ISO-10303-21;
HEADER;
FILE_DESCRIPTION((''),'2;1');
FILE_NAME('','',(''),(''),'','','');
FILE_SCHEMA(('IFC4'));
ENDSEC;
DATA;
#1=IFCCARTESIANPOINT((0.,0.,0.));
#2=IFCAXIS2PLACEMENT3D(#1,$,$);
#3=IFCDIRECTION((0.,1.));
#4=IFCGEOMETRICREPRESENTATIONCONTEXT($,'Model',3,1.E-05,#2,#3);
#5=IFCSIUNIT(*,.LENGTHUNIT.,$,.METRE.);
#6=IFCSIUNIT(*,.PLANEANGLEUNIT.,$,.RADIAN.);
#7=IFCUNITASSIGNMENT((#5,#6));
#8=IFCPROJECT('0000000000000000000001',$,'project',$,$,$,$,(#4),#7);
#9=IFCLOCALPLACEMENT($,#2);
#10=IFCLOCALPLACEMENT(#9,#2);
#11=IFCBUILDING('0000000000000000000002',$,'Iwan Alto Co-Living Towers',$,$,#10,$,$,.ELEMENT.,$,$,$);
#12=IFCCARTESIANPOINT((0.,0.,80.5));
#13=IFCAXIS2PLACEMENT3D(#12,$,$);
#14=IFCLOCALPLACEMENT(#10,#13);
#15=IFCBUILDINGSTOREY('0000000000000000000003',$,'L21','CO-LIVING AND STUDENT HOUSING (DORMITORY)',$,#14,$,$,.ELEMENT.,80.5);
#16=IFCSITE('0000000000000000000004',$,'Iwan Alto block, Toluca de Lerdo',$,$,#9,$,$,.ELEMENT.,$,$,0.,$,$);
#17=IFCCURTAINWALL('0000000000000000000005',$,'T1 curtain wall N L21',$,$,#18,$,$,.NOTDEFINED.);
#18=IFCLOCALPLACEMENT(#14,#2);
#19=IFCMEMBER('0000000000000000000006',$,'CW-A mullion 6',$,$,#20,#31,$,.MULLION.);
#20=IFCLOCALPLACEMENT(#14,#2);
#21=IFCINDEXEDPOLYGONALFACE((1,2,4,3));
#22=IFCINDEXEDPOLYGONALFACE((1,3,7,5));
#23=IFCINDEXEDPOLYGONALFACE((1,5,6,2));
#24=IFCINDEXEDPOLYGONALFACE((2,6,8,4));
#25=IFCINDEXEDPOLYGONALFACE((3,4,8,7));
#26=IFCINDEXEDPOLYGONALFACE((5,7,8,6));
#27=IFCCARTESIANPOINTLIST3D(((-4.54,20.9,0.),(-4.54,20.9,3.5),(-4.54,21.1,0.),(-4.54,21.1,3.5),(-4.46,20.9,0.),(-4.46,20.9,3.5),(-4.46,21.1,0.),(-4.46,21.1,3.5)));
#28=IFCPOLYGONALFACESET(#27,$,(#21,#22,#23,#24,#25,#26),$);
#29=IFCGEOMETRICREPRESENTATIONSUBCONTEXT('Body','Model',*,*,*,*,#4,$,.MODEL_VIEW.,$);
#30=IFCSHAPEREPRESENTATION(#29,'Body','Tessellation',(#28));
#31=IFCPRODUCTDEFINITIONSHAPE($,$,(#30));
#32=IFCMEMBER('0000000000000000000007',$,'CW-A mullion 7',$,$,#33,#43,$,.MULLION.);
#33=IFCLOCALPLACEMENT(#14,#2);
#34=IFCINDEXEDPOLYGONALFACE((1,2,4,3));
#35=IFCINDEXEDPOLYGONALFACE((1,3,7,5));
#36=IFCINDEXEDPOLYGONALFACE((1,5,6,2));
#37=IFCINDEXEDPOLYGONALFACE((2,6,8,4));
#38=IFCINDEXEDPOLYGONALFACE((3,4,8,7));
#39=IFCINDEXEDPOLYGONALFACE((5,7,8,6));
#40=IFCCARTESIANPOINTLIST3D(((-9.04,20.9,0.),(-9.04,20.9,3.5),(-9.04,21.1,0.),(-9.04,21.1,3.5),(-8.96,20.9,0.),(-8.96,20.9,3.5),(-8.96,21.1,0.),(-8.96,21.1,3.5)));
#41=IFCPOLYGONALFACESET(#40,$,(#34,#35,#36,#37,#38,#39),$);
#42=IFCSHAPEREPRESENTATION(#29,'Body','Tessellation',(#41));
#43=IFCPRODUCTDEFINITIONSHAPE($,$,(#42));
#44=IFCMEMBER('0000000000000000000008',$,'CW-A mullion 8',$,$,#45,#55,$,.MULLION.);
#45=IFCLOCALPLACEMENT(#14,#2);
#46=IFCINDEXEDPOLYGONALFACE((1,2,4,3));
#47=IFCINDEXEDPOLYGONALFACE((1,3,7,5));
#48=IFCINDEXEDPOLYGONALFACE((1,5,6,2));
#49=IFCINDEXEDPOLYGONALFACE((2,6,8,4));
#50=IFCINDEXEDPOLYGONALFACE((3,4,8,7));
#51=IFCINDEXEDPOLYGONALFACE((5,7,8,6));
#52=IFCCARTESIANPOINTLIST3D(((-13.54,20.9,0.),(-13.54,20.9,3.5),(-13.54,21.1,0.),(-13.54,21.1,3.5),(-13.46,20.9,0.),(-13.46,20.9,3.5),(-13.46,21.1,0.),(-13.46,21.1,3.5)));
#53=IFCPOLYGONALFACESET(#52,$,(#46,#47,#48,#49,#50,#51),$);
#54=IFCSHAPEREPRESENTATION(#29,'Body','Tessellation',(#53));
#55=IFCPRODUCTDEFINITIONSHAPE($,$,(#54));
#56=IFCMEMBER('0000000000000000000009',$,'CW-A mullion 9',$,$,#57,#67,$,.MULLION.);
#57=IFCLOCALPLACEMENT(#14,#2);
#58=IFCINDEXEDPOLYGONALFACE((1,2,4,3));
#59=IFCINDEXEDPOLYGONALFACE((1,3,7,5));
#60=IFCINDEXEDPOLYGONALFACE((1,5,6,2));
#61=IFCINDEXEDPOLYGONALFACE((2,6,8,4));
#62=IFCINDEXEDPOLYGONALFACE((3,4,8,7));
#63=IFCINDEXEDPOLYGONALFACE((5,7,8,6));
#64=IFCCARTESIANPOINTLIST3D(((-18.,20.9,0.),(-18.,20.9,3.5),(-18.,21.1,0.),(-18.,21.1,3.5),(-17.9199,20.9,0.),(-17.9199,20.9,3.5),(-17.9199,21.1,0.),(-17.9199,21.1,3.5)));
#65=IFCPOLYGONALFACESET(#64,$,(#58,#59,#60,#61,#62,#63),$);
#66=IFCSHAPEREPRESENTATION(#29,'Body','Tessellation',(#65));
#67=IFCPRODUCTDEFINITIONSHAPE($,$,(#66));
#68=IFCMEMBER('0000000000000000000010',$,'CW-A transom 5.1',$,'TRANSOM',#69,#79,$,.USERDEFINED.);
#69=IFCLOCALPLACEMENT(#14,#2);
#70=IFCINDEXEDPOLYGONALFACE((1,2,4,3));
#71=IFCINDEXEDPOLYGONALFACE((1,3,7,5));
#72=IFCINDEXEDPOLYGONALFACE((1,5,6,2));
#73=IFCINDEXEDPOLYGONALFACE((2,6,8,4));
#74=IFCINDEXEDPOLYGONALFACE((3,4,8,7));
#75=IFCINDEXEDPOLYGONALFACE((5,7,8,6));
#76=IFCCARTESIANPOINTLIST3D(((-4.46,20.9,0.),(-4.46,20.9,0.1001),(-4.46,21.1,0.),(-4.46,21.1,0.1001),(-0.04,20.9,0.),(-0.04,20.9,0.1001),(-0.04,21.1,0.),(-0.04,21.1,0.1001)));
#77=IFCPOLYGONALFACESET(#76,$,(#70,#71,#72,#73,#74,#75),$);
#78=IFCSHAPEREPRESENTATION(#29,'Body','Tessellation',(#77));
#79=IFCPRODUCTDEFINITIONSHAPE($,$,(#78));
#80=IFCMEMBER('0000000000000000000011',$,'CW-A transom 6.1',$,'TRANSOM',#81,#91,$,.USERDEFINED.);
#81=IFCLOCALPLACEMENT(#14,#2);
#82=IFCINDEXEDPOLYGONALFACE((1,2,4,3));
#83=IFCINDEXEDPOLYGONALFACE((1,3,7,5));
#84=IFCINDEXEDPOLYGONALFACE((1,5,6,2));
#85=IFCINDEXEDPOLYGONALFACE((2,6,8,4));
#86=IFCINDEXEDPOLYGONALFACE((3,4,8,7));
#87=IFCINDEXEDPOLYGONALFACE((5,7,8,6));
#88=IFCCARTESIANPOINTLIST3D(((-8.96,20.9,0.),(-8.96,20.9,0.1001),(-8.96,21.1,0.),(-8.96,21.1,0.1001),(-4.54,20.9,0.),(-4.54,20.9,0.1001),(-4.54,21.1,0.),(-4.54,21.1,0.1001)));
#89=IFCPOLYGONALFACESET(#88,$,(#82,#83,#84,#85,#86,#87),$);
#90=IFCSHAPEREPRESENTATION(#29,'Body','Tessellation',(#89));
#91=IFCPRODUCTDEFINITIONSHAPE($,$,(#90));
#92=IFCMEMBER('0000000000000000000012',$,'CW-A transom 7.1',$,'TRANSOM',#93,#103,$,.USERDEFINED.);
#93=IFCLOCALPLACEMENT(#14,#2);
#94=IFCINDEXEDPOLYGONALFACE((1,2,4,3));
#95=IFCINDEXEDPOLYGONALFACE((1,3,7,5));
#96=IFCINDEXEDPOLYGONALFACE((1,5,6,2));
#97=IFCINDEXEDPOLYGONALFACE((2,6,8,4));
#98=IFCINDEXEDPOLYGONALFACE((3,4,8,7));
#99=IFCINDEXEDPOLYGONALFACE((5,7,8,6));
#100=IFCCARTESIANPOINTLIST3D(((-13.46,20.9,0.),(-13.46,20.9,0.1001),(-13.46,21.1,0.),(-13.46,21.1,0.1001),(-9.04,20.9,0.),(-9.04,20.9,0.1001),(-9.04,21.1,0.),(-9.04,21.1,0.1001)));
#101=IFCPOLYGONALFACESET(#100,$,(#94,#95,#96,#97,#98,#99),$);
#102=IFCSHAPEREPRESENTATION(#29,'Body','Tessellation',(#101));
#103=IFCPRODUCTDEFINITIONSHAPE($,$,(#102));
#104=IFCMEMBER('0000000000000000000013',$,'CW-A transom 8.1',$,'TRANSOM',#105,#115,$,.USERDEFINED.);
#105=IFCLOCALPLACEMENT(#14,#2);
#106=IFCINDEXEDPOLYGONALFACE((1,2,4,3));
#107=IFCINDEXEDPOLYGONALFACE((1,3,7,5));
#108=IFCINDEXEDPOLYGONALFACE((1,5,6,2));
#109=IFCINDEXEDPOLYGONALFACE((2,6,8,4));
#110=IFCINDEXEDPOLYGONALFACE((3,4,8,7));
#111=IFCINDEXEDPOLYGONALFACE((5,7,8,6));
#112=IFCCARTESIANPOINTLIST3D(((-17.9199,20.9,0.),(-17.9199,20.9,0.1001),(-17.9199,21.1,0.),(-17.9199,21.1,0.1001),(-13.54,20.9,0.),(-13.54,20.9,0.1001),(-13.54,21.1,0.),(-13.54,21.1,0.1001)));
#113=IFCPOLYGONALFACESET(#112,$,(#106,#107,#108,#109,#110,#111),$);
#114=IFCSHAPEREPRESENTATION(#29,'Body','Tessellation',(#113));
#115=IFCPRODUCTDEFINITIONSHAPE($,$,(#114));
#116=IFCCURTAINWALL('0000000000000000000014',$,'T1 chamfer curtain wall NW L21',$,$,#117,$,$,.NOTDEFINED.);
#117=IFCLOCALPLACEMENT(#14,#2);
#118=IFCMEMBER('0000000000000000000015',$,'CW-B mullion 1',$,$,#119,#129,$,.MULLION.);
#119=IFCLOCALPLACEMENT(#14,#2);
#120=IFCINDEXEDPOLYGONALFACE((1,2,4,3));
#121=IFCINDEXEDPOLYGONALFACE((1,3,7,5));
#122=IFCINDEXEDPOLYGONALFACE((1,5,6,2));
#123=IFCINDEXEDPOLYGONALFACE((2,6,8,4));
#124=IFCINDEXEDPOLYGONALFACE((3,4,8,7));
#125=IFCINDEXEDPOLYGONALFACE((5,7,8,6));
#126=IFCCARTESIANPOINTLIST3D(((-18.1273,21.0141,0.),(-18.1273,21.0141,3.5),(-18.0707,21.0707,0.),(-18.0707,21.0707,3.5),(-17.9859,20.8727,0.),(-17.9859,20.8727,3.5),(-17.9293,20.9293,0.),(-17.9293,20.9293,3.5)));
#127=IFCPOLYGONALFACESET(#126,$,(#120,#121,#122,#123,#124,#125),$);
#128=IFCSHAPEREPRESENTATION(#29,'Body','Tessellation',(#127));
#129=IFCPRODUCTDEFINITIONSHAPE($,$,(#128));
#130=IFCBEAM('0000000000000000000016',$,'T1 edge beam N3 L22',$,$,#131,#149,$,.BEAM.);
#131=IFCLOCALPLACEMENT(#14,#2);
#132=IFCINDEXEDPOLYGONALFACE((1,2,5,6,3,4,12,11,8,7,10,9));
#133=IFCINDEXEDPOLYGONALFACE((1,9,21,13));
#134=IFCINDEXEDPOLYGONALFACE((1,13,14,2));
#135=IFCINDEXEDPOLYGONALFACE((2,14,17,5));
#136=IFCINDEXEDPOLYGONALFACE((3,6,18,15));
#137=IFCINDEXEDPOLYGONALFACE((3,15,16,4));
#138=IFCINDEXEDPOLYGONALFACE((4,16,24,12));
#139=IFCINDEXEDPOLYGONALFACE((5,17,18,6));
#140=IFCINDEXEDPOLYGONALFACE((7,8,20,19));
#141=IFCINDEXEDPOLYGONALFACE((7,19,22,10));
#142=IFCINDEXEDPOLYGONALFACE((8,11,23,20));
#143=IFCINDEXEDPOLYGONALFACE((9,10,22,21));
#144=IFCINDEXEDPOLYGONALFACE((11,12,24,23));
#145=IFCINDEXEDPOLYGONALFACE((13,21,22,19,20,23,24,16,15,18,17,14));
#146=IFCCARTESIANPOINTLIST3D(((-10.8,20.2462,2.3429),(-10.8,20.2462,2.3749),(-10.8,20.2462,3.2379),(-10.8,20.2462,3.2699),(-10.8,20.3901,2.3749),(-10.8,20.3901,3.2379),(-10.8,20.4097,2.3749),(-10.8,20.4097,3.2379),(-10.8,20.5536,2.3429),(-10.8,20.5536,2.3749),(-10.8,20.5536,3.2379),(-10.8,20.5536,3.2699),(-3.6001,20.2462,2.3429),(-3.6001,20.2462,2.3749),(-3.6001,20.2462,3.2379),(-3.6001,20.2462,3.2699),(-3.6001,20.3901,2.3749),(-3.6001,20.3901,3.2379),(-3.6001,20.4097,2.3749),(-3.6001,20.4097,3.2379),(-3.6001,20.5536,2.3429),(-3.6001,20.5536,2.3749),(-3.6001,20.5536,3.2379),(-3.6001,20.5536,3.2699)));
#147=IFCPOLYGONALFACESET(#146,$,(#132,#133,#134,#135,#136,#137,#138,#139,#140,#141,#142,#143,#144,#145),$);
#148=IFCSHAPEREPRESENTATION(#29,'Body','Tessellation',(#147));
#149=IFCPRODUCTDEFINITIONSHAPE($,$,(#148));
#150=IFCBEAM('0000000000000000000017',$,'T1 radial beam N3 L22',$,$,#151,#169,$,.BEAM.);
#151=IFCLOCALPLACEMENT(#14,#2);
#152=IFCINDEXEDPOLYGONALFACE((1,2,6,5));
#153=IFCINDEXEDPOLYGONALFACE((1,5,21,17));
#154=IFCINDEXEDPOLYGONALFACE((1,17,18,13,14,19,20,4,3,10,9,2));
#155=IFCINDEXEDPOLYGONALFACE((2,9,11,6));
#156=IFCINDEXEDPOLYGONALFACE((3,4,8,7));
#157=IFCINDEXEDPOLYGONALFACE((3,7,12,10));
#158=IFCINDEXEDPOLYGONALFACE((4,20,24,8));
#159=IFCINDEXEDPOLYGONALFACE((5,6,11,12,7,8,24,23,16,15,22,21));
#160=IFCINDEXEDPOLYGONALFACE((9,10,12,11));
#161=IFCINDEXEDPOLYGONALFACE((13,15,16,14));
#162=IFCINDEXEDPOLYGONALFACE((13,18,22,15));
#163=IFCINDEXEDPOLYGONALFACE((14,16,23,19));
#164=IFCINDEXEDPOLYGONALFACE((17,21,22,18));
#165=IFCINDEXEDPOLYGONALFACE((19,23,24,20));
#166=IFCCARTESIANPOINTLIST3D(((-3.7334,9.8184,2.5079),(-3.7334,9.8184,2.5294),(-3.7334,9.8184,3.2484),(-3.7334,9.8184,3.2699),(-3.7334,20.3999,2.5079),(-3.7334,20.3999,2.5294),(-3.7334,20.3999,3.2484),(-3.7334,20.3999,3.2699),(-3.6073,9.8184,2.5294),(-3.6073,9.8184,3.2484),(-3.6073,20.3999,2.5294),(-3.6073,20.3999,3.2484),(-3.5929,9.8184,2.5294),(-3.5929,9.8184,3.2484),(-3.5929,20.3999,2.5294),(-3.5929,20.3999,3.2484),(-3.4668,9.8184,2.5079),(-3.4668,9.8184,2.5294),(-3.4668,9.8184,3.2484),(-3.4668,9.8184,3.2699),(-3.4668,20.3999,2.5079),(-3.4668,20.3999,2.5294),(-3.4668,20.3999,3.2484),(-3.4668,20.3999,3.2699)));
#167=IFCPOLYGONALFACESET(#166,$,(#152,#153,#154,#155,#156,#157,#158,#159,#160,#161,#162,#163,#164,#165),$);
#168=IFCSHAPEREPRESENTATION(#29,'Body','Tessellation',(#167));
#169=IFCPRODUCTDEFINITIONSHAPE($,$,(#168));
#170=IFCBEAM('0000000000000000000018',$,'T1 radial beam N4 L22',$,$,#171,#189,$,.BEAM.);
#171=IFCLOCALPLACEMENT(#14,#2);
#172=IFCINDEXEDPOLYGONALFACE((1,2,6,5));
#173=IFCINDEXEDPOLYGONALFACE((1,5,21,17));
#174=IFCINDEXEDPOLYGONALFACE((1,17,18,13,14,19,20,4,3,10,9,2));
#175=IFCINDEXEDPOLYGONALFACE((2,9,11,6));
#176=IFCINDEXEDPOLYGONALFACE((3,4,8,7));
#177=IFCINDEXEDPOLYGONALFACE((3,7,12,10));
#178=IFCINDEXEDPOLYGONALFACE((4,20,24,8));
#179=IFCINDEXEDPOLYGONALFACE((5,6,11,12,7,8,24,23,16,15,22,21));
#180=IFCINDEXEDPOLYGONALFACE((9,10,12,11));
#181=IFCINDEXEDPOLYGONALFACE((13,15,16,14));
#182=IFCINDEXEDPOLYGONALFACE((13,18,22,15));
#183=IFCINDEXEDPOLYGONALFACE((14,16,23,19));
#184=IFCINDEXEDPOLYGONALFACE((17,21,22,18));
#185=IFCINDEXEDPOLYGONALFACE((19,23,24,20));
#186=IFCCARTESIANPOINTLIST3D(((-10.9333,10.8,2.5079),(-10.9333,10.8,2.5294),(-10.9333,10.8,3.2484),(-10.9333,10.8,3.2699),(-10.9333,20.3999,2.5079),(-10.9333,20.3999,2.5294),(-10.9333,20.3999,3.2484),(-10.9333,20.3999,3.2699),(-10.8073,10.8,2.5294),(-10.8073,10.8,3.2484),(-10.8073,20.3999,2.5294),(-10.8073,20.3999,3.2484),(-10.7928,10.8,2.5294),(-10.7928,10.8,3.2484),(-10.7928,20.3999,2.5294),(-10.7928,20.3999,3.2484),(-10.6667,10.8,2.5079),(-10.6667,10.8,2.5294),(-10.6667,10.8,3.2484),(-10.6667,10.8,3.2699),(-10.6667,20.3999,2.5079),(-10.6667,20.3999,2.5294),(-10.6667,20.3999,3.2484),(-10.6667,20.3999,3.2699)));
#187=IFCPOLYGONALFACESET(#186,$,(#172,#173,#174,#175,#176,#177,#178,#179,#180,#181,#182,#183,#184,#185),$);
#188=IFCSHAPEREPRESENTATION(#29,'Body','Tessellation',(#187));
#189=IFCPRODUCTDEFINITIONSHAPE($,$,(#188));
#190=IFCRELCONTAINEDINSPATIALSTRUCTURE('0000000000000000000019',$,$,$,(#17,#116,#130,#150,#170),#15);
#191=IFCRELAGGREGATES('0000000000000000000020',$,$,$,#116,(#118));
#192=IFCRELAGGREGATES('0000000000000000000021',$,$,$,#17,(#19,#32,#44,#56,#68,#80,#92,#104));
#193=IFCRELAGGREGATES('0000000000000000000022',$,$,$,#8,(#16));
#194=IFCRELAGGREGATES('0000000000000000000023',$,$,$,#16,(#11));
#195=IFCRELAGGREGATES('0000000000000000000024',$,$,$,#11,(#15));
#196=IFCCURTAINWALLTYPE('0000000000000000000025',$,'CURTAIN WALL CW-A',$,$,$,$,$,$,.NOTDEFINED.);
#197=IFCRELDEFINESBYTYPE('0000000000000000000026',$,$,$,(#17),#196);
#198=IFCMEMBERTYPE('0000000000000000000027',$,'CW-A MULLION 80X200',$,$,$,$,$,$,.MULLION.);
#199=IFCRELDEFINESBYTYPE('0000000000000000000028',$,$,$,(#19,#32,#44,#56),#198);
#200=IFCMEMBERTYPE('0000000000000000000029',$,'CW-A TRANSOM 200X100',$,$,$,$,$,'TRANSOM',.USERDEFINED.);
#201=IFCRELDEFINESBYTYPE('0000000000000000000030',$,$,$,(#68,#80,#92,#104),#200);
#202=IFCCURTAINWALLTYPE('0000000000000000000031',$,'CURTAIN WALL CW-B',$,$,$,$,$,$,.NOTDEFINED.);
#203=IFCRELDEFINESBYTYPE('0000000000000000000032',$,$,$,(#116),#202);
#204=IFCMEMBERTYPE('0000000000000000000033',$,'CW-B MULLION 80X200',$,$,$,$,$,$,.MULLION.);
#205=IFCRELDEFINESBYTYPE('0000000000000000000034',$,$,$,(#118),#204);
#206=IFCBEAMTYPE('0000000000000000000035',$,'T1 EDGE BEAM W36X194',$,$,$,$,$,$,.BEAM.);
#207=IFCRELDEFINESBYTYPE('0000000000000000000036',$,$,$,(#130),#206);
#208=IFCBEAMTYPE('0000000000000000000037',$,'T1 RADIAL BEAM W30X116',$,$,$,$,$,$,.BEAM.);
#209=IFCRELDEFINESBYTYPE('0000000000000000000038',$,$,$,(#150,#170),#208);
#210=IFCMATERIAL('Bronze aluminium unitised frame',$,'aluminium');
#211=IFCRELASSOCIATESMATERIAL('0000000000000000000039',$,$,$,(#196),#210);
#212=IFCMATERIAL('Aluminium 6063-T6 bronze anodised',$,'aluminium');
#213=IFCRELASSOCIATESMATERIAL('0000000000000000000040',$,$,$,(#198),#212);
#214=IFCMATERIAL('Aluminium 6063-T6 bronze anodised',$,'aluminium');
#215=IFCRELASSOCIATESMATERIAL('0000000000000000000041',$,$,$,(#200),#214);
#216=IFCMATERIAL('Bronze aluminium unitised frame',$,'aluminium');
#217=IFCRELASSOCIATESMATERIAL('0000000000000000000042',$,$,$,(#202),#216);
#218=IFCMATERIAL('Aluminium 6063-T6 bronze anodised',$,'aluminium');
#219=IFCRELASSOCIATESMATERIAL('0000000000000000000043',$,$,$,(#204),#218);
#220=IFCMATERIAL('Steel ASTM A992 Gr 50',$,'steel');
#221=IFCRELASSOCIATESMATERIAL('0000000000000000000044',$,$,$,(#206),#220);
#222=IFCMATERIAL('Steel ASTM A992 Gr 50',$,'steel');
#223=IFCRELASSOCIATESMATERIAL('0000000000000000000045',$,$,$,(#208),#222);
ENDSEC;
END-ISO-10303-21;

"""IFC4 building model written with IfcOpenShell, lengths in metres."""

from ifc_helpers import new_model, si_unit, direction, frame, origin, origin_2d, place, context, subcontext, project, spatial, rectangle, i_section, extrude, material, material_profile, profile_set, type_object, element, aggregate, save


model = new_model("IFC4")

# Units and contexts
model_context = context("Model", 3, precision=1e-05, world=origin(), true_north=direction((0.0, 1.0)))
body_context = subcontext(model_context, "Body", "Model", "MODEL_VIEW")
ifc_project = project(units=[si_unit("LENGTHUNIT", "METRE"), si_unit("PLANEANGLEUNIT", "RADIAN")], contexts=[model_context])

# Site, building, storey
site_placement = place(None, origin())
site = spatial("IfcSite", under=ifc_project, at=site_placement, Name="Iwan Alto block, Toluca de Lerdo", CompositionType="ELEMENT", RefElevation=0.0)
building_placement = place(site_placement, origin())
building = spatial("IfcBuilding", under=site, at=building_placement, Name="Iwan Alto Co-Living Towers", CompositionType="ELEMENT")
storey_placement = place(building_placement, frame((0.0, 0.0, 80.5)))
storey = spatial("IfcBuildingStorey", under=building, at=storey_placement, Name="L21", Description="CO-LIVING AND STUDENT HOUSING (DORMITORY)", CompositionType="ELEMENT", Elevation=80.5)

# Curtain wall, members
ifc_material_1 = material(Name="Bronze aluminium unitised frame", Category="aluminium")
curtain_wall_type_1 = type_object("IfcCurtainWallType", Name="CURTAIN WALL CW-A", PredefinedType="NOTDEFINED", material=ifc_material_1)
curtain_wall_1_placement = place(storey_placement, origin())
curtain_wall_1 = element("IfcCurtainWall", 1, at=curtain_wall_1_placement, inside=storey, type_object=curtain_wall_type_1, Name="T1 curtain wall N L21", PredefinedType="NOTDEFINED")
ifc_material_2 = material(Name="Aluminium 6063-T6 bronze anodised", Category="aluminium")
ifc_material_profile_1 = material_profile(ifc_material_2, rectangle(XDim=0.2, YDim=0.0801, at=origin_2d()), Name="AL 80X200")
ifc_profile_set_1 = profile_set([ifc_material_profile_1], Name="Aluminium 6063-T6 bronze anodised")
member_type_1 = type_object("IfcMemberType", Name="CW-A MULLION 80X200", PredefinedType="MULLION", material=ifc_profile_set_1)
member_1_placement = place(storey_placement, frame((-4.5, 21.0, 0.0), z_axis=(0.0, 0.0, 1.0), x_axis=(0.0, -1.0, 0.0)))
member_1 = element("IfcMember", 2, at=member_1_placement, type_object=member_type_1, Name="CW-A mullion 6", PredefinedType="MULLION", context=body_context, shape_type="SweptSolid", body=[
    extrude(rectangle(XDim=0.2, YDim=0.0801, at=origin_2d()), origin(), (0.0, 0.0, 1.0), 3.5),
])
member_2_placement = place(storey_placement, frame((-9.0, 21.0, 0.0), z_axis=(0.0, 0.0, 1.0), x_axis=(0.0, -1.0, 0.0)))
member_2 = element("IfcMember", 3, at=member_2_placement, type_object=member_type_1, Name="CW-A mullion 7", PredefinedType="MULLION", context=body_context, shape_type="SweptSolid", body=[
    extrude(rectangle(XDim=0.2, YDim=0.0801, at=origin_2d()), origin(), (0.0, 0.0, 1.0), 3.5),
])
member_3_placement = place(storey_placement, frame((-13.5, 21.0, 0.0), z_axis=(0.0, 0.0, 1.0), x_axis=(0.0, -1.0, 0.0)))
member_3 = element("IfcMember", 4, at=member_3_placement, type_object=member_type_1, Name="CW-A mullion 8", PredefinedType="MULLION", context=body_context, shape_type="SweptSolid", body=[
    extrude(rectangle(XDim=0.2, YDim=0.0801, at=origin_2d()), origin(), (0.0, 0.0, 1.0), 3.5),
])
member_4_placement = place(storey_placement, frame((-17.96, 21.0, 0.0), z_axis=(0.0, 0.0, 1.0), x_axis=(0.0, -1.0, 0.0)))
member_4 = element("IfcMember", 5, at=member_4_placement, type_object=member_type_1, Name="CW-A mullion 9", PredefinedType="MULLION", context=body_context, shape_type="SweptSolid", body=[
    extrude(rectangle(XDim=0.2, YDim=0.0801, at=origin_2d()), origin(), (0.0, 0.0, 1.0), 3.5),
])
ifc_material_3 = material(Name="Aluminium 6063-T6 bronze anodised", Category="aluminium")
ifc_material_profile_2 = material_profile(ifc_material_3, rectangle(XDim=0.2, YDim=0.1001, at=origin_2d()), Name="AL 200X100")
ifc_profile_set_2 = profile_set([ifc_material_profile_2], Name="Aluminium 6063-T6 bronze anodised")
member_type_2 = type_object("IfcMemberType", Name="CW-A TRANSOM 200X100", ElementType="TRANSOM", PredefinedType="USERDEFINED", material=ifc_profile_set_2)
member_5_placement = place(storey_placement, frame((-0.04, 21.0, 0.05), z_axis=(-1.0, 0.0, 0.0), x_axis=(0.0, -1.0, 0.0)))
member_5 = element("IfcMember", 6, at=member_5_placement, type_object=member_type_2, Name="CW-A transom 5.1", ObjectType="TRANSOM", PredefinedType="USERDEFINED", context=body_context, shape_type="SweptSolid", body=[
    extrude(rectangle(XDim=0.2, YDim=0.1001, at=origin_2d()), origin(), (0.0, 0.0, 1.0), 4.4199),
])
member_6_placement = place(storey_placement, frame((-4.54, 21.0, 0.05), z_axis=(-1.0, 0.0, 0.0), x_axis=(0.0, -1.0, 0.0)))
member_6 = element("IfcMember", 7, at=member_6_placement, type_object=member_type_2, Name="CW-A transom 6.1", ObjectType="TRANSOM", PredefinedType="USERDEFINED", context=body_context, shape_type="SweptSolid", body=[
    extrude(rectangle(XDim=0.2, YDim=0.1001, at=origin_2d()), origin(), (0.0, 0.0, 1.0), 4.4199),
])
member_7_placement = place(storey_placement, frame((-9.04, 21.0, 0.05), z_axis=(-1.0, 0.0, 0.0), x_axis=(0.0, -1.0, 0.0)))
member_7 = element("IfcMember", 8, at=member_7_placement, type_object=member_type_2, Name="CW-A transom 7.1", ObjectType="TRANSOM", PredefinedType="USERDEFINED", context=body_context, shape_type="SweptSolid", body=[
    extrude(rectangle(XDim=0.2, YDim=0.1001, at=origin_2d()), origin(), (0.0, 0.0, 1.0), 4.4199),
])
member_8_placement = place(storey_placement, frame((-13.54, 21.0, 0.05), z_axis=(-1.0, 0.0, 0.0), x_axis=(0.0, -1.0, 0.0)))
member_8 = element("IfcMember", 9, at=member_8_placement, type_object=member_type_2, Name="CW-A transom 8.1", ObjectType="TRANSOM", PredefinedType="USERDEFINED", context=body_context, shape_type="SweptSolid", body=[
    extrude(rectangle(XDim=0.2, YDim=0.1001, at=origin_2d()), origin(), (0.0, 0.0, 1.0), 4.3799),
])

# Curtain wall, member
ifc_material_4 = material(Name="Bronze aluminium unitised frame", Category="aluminium")
curtain_wall_type_2 = type_object("IfcCurtainWallType", Name="CURTAIN WALL CW-B", PredefinedType="NOTDEFINED", material=ifc_material_4)
curtain_wall_2_placement = place(storey_placement, origin())
curtain_wall_2 = element("IfcCurtainWall", 10, at=curtain_wall_2_placement, inside=storey, type_object=curtain_wall_type_2, Name="T1 chamfer curtain wall NW L21", PredefinedType="NOTDEFINED")
ifc_material_5 = material(Name="Aluminium 6063-T6 bronze anodised", Category="aluminium")
ifc_material_profile_3 = material_profile(ifc_material_5, rectangle(XDim=0.2, YDim=0.0801, at=origin_2d()), Name="AL 80X200")
ifc_profile_set_3 = profile_set([ifc_material_profile_3], Name="Aluminium 6063-T6 bronze anodised")
member_type_3 = type_object("IfcMemberType", Name="CW-B MULLION 80X200", PredefinedType="MULLION", material=ifc_profile_set_3)
member_9_placement = place(storey_placement, frame((-18.0283, 20.9717, 0.0), z_axis=(0.0, 0.0, 1.0), x_axis=(0.707107, -0.707107, 0.0)))
member_9 = element("IfcMember", 11, at=member_9_placement, type_object=member_type_3, Name="CW-B mullion 1", PredefinedType="MULLION", context=body_context, shape_type="SweptSolid", body=[
    extrude(rectangle(XDim=0.2, YDim=0.0801, at=origin_2d()), origin(), (0.0, 0.0, 1.0), 3.5),
])
aggregate(curtain_wall_2, [member_9])

# Beams
ifc_material_6 = material(Name="Steel ASTM A992 Gr 50", Category="steel")
ifc_material_profile_4 = material_profile(ifc_material_6, i_section(OverallWidth=0.3074, OverallDepth=0.927, WebThickness=0.0195, FlangeThickness=0.032, at=origin_2d()), Name="W36X194")
ifc_profile_set_4 = profile_set([ifc_material_profile_4], Name="Steel ASTM A992 Gr 50")
beam_type_1 = type_object("IfcBeamType", Name="T1 EDGE BEAM W36X194", PredefinedType="BEAM", material=ifc_profile_set_4)
beam_1_placement = place(storey_placement, frame((-3.6001, 20.3999, 2.8064), z_axis=(-1.0, 0.0, 0.0), x_axis=(0.0, -1.0, 0.0)))
element("IfcBeam", 12, at=beam_1_placement, inside=storey, type_object=beam_type_1, Name="T1 edge beam N3 L22", PredefinedType="BEAM", context=body_context, shape_type="SweptSolid", body=[
    extrude(i_section(OverallWidth=0.3074, OverallDepth=0.927, WebThickness=0.0195, FlangeThickness=0.032, at=origin_2d()), origin(), (0.0, 0.0, 1.0), 7.2),
])
ifc_material_7 = material(Name="Steel ASTM A992 Gr 50", Category="steel")
ifc_material_profile_5 = material_profile(ifc_material_7, i_section(OverallWidth=0.2666, OverallDepth=0.762, WebThickness=0.0144, FlangeThickness=0.0215, at=origin_2d()), Name="W30X116")
ifc_profile_set_5 = profile_set([ifc_material_profile_5], Name="Steel ASTM A992 Gr 50")
beam_type_2 = type_object("IfcBeamType", Name="T1 RADIAL BEAM W30X116", PredefinedType="BEAM", material=ifc_profile_set_5)
beam_2_placement = place(storey_placement, frame((-3.6001, 20.3999, 2.8889), z_axis=(0.0, -1.0, 0.0), x_axis=(1.0, 0.0, 0.0)))
element("IfcBeam", 13, at=beam_2_placement, inside=storey, type_object=beam_type_2, Name="T1 radial beam N3 L22", PredefinedType="BEAM", context=body_context, shape_type="SweptSolid", body=[
    extrude(i_section(OverallWidth=0.2666, OverallDepth=0.762, WebThickness=0.0144, FlangeThickness=0.0215, at=origin_2d()), origin(), (0.0, 0.0, 1.0), 10.5815),
])
beam_3_placement = place(storey_placement, frame((-10.8, 20.3999, 2.8889), z_axis=(0.0, -1.0, 0.0), x_axis=(1.0, 0.0, 0.0)))
element("IfcBeam", 14, at=beam_3_placement, inside=storey, type_object=beam_type_2, Name="T1 radial beam N4 L22", PredefinedType="BEAM", context=body_context, shape_type="SweptSolid", body=[
    extrude(i_section(OverallWidth=0.2666, OverallDepth=0.762, WebThickness=0.0144, FlangeThickness=0.0215, at=origin_2d()), origin(), (0.0, 0.0, 1.0), 9.5999),
])

aggregate(curtain_wall_1, [member_1, member_2, member_3, member_4, member_5, member_6, member_7, member_8])

save(model, "model.ifc")
